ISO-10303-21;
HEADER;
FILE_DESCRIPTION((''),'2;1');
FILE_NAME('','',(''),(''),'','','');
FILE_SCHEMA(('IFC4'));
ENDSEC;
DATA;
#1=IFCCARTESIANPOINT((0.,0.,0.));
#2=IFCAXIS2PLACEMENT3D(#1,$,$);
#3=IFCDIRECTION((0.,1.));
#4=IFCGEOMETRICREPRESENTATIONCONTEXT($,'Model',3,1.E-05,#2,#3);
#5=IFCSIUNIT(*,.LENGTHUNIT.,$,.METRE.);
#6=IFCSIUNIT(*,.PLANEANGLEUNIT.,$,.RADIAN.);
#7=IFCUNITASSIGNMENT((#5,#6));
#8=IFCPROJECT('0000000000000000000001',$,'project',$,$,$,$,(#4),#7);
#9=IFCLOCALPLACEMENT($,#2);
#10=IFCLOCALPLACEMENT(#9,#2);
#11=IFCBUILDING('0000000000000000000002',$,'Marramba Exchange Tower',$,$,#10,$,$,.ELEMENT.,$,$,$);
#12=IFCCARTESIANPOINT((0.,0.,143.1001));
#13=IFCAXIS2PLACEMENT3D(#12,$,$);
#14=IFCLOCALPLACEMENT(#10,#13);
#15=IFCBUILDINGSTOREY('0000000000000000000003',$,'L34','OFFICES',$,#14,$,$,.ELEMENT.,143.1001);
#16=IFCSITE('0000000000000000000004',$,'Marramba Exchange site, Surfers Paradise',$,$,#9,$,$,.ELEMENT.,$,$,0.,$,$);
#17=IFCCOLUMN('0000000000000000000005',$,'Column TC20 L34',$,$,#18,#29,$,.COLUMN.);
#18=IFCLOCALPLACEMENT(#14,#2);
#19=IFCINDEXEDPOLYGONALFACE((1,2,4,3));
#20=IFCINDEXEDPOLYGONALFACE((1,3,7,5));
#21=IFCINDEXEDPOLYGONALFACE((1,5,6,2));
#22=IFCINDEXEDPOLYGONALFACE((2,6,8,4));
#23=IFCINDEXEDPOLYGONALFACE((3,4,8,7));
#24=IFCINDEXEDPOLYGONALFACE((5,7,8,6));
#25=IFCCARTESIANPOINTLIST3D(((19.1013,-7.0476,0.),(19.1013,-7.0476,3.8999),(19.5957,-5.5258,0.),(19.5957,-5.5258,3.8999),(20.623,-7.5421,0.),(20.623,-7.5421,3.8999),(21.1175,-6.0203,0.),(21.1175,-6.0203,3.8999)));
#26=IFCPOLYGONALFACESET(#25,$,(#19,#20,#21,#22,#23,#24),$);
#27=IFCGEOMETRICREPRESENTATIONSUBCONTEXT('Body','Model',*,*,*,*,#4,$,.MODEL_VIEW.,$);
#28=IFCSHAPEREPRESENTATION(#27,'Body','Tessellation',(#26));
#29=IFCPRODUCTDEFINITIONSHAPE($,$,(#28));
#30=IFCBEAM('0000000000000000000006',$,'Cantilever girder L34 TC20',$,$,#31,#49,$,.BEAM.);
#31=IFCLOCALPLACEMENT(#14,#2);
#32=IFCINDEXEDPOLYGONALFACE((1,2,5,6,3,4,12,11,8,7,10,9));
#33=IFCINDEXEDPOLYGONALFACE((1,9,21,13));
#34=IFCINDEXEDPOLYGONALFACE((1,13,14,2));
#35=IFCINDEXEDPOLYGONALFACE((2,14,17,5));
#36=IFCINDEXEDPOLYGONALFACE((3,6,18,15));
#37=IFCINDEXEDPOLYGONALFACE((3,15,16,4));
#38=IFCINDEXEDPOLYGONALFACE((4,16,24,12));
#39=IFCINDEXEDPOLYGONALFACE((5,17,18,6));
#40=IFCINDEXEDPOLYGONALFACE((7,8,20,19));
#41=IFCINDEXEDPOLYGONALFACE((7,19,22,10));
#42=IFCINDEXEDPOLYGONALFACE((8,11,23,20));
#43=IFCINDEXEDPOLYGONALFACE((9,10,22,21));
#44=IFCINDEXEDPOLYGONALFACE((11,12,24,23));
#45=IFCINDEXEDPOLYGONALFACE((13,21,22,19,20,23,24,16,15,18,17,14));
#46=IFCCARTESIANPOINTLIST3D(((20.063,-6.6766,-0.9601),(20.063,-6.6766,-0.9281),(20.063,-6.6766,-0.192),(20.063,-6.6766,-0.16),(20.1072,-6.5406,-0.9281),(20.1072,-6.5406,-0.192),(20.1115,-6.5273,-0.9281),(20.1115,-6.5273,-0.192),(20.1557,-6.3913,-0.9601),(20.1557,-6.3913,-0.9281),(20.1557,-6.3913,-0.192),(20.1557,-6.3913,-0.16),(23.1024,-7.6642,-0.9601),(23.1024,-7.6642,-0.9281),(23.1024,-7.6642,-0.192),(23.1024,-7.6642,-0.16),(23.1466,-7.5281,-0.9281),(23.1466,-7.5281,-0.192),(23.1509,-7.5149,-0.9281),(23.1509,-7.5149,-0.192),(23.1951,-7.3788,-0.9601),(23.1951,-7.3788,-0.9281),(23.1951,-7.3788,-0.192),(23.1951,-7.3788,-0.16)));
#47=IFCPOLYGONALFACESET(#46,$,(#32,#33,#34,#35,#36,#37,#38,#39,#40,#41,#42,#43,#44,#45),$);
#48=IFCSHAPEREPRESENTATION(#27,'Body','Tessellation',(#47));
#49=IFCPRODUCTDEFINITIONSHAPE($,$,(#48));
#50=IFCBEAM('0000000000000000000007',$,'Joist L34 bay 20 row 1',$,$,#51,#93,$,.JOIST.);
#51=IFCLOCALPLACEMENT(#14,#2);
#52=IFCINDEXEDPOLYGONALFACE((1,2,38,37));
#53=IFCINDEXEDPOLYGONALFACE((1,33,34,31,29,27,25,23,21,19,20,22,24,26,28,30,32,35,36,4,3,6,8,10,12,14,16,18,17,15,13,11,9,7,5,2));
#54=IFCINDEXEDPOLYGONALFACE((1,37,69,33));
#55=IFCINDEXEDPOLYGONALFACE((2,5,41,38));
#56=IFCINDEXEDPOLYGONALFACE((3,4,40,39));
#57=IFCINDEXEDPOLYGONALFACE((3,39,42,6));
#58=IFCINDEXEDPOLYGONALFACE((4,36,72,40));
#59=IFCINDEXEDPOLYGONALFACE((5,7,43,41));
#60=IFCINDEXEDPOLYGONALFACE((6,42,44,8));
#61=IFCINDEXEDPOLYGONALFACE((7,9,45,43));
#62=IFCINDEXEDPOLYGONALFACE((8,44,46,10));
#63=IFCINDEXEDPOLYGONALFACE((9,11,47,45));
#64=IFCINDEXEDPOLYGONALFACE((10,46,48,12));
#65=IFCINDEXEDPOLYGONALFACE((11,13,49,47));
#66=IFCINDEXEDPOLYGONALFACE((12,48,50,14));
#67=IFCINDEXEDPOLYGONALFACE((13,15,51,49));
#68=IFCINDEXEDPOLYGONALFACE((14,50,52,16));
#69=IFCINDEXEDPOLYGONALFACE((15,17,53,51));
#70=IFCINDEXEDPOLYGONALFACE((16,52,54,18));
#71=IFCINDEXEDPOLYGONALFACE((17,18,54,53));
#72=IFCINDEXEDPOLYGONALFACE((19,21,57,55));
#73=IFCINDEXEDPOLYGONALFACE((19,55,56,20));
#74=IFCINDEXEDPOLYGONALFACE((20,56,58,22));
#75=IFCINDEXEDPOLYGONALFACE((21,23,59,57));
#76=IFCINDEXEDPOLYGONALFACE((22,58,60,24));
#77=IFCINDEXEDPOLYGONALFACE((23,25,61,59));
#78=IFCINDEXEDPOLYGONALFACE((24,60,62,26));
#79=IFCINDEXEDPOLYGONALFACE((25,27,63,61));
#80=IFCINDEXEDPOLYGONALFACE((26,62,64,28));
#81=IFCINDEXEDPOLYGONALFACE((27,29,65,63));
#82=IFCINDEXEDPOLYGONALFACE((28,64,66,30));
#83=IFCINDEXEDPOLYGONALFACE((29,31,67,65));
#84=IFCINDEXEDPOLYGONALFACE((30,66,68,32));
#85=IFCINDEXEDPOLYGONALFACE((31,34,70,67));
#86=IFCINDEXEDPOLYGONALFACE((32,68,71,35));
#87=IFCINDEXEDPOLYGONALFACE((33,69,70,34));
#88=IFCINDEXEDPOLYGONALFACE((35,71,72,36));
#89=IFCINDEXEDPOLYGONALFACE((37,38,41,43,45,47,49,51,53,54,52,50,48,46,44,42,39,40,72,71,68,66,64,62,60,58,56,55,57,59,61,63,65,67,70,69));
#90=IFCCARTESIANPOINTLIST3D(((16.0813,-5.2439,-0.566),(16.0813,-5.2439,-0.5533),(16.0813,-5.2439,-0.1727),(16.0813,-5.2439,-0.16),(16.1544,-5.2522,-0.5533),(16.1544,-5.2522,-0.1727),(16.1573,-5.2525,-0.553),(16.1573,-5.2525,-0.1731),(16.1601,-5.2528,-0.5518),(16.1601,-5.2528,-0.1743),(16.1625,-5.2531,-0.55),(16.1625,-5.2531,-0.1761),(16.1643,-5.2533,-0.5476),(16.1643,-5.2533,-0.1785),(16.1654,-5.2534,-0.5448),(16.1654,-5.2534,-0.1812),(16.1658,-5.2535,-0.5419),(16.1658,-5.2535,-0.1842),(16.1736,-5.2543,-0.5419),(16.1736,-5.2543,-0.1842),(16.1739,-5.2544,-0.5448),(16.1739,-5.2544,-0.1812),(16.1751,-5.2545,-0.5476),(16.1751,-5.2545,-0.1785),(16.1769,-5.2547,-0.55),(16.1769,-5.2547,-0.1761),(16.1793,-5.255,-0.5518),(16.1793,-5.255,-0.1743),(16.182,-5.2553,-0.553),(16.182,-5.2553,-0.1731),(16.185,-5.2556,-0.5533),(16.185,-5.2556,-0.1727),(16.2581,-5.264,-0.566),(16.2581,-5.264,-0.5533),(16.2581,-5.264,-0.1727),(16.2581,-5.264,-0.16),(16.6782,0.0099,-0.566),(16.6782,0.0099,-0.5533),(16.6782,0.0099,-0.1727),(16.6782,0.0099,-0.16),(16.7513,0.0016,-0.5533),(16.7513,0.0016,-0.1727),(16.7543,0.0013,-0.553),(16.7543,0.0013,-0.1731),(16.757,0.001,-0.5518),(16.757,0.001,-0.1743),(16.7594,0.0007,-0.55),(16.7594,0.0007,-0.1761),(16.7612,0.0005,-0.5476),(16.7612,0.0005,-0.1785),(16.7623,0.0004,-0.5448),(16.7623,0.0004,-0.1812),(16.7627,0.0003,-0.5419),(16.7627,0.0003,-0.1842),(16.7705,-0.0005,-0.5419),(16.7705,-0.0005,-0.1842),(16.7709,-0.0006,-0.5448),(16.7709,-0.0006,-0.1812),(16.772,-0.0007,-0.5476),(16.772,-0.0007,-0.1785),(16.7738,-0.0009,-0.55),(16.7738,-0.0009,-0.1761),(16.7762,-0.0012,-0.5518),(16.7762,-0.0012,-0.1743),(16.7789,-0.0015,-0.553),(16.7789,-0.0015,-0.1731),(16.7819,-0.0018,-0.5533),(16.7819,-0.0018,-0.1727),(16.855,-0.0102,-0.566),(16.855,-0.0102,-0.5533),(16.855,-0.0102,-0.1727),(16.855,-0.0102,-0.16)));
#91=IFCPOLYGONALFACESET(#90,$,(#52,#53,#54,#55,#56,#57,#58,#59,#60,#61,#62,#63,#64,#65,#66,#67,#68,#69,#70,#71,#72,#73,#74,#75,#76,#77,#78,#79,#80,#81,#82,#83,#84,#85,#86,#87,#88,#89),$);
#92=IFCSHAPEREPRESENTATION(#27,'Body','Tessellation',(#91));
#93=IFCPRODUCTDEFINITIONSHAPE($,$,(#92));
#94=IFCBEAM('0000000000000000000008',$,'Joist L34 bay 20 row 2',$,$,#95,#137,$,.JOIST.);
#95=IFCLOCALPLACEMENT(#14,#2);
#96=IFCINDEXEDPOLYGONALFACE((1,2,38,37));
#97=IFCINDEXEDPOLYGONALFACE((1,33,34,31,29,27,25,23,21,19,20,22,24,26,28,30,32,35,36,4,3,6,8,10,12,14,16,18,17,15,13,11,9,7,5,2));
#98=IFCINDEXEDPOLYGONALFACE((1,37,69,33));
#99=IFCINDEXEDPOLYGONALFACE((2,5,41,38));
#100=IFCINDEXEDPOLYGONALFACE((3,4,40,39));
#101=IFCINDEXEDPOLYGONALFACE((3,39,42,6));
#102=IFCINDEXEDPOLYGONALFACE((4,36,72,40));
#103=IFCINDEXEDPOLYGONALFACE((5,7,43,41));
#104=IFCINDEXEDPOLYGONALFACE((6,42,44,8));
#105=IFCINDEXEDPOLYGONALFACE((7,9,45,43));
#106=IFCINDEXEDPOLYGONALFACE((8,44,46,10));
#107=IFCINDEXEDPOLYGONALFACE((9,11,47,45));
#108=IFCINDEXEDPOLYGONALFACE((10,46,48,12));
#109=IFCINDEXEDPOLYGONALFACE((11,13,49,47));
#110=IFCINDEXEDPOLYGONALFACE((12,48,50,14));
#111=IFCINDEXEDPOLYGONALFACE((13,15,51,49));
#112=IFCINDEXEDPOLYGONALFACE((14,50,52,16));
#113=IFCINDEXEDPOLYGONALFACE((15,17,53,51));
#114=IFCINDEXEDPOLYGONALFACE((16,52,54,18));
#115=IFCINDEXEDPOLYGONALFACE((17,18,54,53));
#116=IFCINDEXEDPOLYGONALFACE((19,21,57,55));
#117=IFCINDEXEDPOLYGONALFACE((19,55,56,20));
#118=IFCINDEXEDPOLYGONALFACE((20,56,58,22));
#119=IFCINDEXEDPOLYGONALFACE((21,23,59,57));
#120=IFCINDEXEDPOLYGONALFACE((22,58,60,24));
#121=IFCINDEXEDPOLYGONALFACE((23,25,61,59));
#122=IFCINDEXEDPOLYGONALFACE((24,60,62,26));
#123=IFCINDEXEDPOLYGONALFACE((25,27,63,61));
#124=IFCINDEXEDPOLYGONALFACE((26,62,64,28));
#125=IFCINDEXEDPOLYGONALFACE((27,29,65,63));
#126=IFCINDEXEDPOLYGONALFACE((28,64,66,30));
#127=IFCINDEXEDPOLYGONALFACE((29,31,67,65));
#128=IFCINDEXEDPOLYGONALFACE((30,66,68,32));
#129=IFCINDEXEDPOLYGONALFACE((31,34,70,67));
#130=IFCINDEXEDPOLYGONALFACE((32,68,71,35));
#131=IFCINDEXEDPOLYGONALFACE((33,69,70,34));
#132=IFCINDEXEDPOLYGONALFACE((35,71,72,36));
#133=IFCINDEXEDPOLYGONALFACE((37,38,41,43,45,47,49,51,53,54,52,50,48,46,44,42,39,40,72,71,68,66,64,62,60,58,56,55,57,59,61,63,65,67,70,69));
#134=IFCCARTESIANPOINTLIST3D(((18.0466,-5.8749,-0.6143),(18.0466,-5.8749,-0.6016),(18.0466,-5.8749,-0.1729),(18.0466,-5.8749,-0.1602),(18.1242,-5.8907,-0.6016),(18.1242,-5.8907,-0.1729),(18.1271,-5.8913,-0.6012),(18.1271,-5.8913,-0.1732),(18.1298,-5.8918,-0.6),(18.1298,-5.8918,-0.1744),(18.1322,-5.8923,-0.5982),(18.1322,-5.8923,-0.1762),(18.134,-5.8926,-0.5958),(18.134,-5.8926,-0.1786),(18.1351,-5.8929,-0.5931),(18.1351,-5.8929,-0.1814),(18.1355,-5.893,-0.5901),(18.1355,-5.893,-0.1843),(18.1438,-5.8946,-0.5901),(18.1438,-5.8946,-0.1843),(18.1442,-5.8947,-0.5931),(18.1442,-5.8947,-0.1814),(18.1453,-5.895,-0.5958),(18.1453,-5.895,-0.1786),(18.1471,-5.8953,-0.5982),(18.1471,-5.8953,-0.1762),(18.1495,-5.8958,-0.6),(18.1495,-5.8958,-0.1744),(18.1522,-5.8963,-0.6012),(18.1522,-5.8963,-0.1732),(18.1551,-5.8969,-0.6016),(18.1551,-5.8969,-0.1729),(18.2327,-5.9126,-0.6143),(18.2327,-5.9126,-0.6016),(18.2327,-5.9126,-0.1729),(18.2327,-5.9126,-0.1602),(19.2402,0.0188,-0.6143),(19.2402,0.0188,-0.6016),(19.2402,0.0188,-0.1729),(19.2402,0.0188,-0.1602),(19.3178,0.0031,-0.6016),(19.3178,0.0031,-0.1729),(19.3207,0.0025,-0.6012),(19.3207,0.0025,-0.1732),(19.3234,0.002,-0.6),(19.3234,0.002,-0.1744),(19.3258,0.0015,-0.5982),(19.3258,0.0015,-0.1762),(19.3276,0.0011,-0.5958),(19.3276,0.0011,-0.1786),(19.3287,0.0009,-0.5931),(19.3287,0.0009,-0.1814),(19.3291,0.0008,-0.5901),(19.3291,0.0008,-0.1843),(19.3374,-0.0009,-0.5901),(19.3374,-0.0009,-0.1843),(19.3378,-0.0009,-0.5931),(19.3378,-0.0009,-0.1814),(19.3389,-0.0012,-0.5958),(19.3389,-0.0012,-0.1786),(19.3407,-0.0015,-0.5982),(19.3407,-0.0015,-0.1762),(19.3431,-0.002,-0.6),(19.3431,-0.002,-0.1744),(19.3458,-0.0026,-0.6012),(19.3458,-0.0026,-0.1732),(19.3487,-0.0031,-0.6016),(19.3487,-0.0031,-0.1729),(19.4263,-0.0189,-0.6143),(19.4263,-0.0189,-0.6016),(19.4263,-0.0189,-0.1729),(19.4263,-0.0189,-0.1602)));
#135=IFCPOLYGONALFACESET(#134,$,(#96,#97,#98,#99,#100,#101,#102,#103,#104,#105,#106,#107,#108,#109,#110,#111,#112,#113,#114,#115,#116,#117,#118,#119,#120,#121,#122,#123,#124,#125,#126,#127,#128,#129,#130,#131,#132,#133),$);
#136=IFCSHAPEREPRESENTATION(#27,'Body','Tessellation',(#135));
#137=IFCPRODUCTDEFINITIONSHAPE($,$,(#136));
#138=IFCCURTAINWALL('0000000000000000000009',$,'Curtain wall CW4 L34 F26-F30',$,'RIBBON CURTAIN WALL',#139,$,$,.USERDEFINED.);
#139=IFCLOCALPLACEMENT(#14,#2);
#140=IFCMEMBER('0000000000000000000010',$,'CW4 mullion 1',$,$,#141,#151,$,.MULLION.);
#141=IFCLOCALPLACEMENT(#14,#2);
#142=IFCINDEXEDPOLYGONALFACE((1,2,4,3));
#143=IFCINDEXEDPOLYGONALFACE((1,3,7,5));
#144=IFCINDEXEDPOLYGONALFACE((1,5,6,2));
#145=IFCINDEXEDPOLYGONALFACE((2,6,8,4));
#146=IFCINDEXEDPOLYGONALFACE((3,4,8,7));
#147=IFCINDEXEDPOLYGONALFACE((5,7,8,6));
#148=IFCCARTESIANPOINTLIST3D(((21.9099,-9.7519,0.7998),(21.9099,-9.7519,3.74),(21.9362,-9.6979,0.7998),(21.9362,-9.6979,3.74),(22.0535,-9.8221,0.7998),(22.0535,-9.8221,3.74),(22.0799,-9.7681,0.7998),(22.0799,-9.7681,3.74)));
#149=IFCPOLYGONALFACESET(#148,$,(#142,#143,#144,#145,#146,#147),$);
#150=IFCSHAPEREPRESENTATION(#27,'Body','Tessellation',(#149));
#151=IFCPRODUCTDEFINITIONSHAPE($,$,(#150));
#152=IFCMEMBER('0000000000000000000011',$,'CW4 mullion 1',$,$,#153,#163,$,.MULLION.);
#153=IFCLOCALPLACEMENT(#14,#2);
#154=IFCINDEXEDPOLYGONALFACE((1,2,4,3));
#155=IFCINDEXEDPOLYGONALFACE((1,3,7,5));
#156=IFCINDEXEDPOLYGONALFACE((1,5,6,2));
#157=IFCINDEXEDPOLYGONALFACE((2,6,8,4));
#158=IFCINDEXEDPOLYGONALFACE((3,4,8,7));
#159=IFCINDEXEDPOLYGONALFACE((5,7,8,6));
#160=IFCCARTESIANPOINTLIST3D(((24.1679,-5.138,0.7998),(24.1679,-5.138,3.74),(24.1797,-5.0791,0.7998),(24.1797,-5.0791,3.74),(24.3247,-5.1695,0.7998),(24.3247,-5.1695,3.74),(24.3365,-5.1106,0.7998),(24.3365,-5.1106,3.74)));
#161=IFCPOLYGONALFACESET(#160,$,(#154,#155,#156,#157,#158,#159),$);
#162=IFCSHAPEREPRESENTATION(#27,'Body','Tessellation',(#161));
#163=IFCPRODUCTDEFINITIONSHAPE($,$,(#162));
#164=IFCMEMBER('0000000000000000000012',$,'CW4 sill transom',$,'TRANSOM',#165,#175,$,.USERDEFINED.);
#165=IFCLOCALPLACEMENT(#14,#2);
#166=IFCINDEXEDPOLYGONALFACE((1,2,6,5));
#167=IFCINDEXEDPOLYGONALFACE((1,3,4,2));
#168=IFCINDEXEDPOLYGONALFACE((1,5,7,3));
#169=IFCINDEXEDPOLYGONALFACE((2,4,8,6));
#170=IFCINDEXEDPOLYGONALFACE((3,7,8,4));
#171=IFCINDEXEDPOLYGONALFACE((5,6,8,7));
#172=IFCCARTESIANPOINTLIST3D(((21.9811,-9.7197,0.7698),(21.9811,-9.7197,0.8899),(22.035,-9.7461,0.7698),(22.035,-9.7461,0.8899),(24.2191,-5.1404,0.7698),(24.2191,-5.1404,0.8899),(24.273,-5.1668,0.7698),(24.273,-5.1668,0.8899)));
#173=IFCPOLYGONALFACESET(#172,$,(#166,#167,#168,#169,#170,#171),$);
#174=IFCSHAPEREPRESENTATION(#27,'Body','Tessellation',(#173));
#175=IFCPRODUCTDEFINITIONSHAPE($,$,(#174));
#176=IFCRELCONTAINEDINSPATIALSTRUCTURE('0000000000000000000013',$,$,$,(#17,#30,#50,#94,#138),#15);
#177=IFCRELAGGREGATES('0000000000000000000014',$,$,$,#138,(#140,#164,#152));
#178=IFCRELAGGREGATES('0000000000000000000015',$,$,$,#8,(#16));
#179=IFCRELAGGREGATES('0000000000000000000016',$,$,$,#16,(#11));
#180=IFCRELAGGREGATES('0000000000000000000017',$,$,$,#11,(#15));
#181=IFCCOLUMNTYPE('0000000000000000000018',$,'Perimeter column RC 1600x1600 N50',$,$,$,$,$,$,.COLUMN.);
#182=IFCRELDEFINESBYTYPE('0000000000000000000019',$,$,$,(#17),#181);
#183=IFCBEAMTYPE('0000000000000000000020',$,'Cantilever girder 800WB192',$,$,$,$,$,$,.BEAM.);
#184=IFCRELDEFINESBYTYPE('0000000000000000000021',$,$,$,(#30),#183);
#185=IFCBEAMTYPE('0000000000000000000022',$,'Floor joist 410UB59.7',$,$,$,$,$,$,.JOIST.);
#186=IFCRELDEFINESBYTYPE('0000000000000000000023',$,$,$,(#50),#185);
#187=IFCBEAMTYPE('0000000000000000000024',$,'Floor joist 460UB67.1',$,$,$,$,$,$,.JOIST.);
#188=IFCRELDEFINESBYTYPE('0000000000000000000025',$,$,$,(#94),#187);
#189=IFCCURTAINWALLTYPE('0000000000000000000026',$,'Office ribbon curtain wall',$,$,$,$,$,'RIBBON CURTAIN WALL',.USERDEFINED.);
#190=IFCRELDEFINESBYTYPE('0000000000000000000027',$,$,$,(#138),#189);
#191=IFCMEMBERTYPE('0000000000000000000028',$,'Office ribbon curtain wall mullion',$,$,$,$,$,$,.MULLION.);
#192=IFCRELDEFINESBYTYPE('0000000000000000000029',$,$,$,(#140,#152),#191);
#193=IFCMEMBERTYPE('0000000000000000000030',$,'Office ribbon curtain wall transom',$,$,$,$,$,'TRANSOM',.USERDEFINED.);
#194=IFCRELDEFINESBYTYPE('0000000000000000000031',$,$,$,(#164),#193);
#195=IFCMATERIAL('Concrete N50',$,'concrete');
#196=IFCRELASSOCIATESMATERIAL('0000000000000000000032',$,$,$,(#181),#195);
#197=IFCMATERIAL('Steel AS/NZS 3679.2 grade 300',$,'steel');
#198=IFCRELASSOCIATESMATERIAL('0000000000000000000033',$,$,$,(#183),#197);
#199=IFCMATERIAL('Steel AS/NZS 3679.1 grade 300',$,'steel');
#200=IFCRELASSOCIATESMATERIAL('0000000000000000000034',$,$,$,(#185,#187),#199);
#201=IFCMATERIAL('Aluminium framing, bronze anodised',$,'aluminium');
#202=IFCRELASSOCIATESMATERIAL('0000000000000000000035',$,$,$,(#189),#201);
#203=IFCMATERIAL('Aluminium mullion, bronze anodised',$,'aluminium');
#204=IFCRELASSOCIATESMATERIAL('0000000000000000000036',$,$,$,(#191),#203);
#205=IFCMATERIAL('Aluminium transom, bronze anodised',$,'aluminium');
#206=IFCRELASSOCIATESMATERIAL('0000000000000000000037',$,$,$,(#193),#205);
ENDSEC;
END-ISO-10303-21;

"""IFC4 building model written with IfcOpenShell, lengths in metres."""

from ifc_helpers import new_model, si_unit, direction, frame, origin, origin_2d, place, context, subcontext, project, spatial, rectangle, i_section, extrude, material, material_profile, profile_set, type_object, element, aggregate, save


model = new_model("IFC4")

# Units and contexts
model_context = context("Model", 3, precision=1e-05, world=origin(), true_north=direction((0.0, 1.0)))
body_context = subcontext(model_context, "Body", "Model", "MODEL_VIEW")
ifc_project = project(units=[si_unit("LENGTHUNIT", "METRE"), si_unit("PLANEANGLEUNIT", "RADIAN")], contexts=[model_context])

# Site, building, storey
site_placement = place(None, origin())
site = spatial("IfcSite", under=ifc_project, at=site_placement, Name="Marramba Exchange site, Surfers Paradise", CompositionType="ELEMENT", RefElevation=0.0)
building_placement = place(site_placement, origin())
building = spatial("IfcBuilding", under=site, at=building_placement, Name="Marramba Exchange Tower", CompositionType="ELEMENT")
storey_placement = place(building_placement, frame((0.0, 0.0, 143.1001)))
storey = spatial("IfcBuildingStorey", under=building, at=storey_placement, Name="L34", Description="OFFICES", CompositionType="ELEMENT", Elevation=143.1001)

# Column
ifc_material_1 = material(Name="Concrete N50", Category="concrete")
ifc_material_profile_1 = material_profile(ifc_material_1, rectangle(XDim=1.6001, YDim=1.6001, at=origin_2d()), Name="RC 1600x1600")
ifc_profile_set_1 = profile_set([ifc_material_profile_1], Name="Concrete N50")
column_type = type_object("IfcColumnType", Name="Perimeter column RC 1600x1600 N50", PredefinedType="COLUMN", material=ifc_profile_set_1)
column_placement = place(storey_placement, frame((20.1094, -6.5339, 0.0), z_axis=(0.0, 0.0, 1.0), x_axis=(0.951057, -0.309017, 0.0)))
element("IfcColumn", 1, at=column_placement, inside=storey, type_object=column_type, Name="Column TC20 L34", PredefinedType="COLUMN", context=body_context, shape_type="SweptSolid", body=[
    extrude(rectangle(XDim=1.6001, YDim=1.6001, at=origin_2d()), origin(), (0.0, 0.0, 1.0), 3.8999),
])

# Beams
ifc_material_2 = material(Name="Steel AS/NZS 3679.2 grade 300", Category="steel")
ifc_material_profile_2 = material_profile(ifc_material_2, i_section(OverallWidth=0.3, OverallDepth=0.8, WebThickness=0.0139, FlangeThickness=0.032, at=origin_2d()), Name="800WB192")
ifc_profile_set_2 = profile_set([ifc_material_profile_2], Name="Steel AS/NZS 3679.2 grade 300")
beam_type_1 = type_object("IfcBeamType", Name="Cantilever girder 800WB192", PredefinedType="BEAM", material=ifc_profile_set_2)
beam_1_placement = place(storey_placement, frame((20.1094, -6.5339, -0.5601), z_axis=(0.951055, -0.309022, 0.0), x_axis=(0.309022, 0.951055, 0.0)))
element("IfcBeam", 2, at=beam_1_placement, inside=storey, type_object=beam_type_1, Name="Cantilever girder L34 TC20", PredefinedType="BEAM", context=body_context, shape_type="SweptSolid", body=[
    extrude(i_section(OverallWidth=0.3, OverallDepth=0.8, WebThickness=0.0139, FlangeThickness=0.032, at=origin_2d()), origin(), (0.0, 0.0, 1.0), 3.1958),
])
ifc_material_3 = material(Name="Steel AS/NZS 3679.1 grade 300", Category="steel")
ifc_material_profile_3 = material_profile(ifc_material_3, i_section(OverallWidth=0.178, OverallDepth=0.406, WebThickness=0.0078, FlangeThickness=0.0127, FilletRadius=0.0115, at=origin_2d()), Name="410UB59.7")
ifc_profile_set_3 = profile_set([ifc_material_profile_3], Name="Steel AS/NZS 3679.1 grade 300")
beam_type_2 = type_object("IfcBeamType", Name="Floor joist 410UB59.7", PredefinedType="JOIST", material=ifc_profile_set_3)
beam_2_placement = place(storey_placement, frame((16.1697, -5.2539, -0.363), z_axis=(0.112889, 0.993608, 0.0), x_axis=(-0.993608, 0.112889, 0.0)))
element("IfcBeam", 3, at=beam_2_placement, inside=storey, type_object=beam_type_2, Name="Joist L34 bay 20 row 1", PredefinedType="JOIST", context=body_context, shape_type="SweptSolid", body=[
    extrude(i_section(OverallWidth=0.178, OverallDepth=0.406, WebThickness=0.0078, FlangeThickness=0.0127, FilletRadius=0.0115, at=origin_2d()), origin(), (0.0, 0.0, 1.0), 5.2876),
])
ifc_material_profile_4 = material_profile(ifc_material_3, i_section(OverallWidth=0.1899, OverallDepth=0.4541, WebThickness=0.0085, FlangeThickness=0.0127, FilletRadius=0.0115, at=origin_2d()), Name="460UB67.1")
ifc_profile_set_4 = profile_set([ifc_material_profile_4], Name="Steel AS/NZS 3679.1 grade 300")
beam_type_3 = type_object("IfcBeamType", Name="Floor joist 460UB67.1", PredefinedType="JOIST", material=ifc_profile_set_4)
beam_3_placement = place(storey_placement, frame((18.1396, -5.8938, -0.3872), z_axis=(0.198489, 0.980103, 0.0), x_axis=(-0.980103, 0.198489, 0.0)))
element("IfcBeam", 4, at=beam_3_placement, inside=storey, type_object=beam_type_3, Name="Joist L34 bay 20 row 2", PredefinedType="JOIST", context=body_context, shape_type="SweptSolid", body=[
    extrude(i_section(OverallWidth=0.1899, OverallDepth=0.4541, WebThickness=0.0085, FlangeThickness=0.0127, FilletRadius=0.0115, at=origin_2d()), origin(), (0.0, 0.0, 1.0), 6.0134),
])

# Curtain wall, members
ifc_material_4 = material(Name="Aluminium framing, bronze anodised", Category="aluminium")
curtain_wall_type = type_object("IfcCurtainWallType", Name="Office ribbon curtain wall", ElementType="RIBBON CURTAIN WALL", PredefinedType="USERDEFINED", material=ifc_material_4)
curtain_wall_placement = place(storey_placement, origin())
curtain_wall = element("IfcCurtainWall", 5, at=curtain_wall_placement, inside=storey, type_object=curtain_wall_type, Name="Curtain wall CW4 L34 F26-F30", ObjectType="RIBBON CURTAIN WALL", PredefinedType="USERDEFINED")
ifc_material_5 = material(Name="Aluminium mullion, bronze anodised", Category="aluminium")
ifc_material_profile_5 = material_profile(ifc_material_5, rectangle(XDim=0.1599, YDim=0.0601, at=origin_2d()), Name="CW4 mullion 60x160")
ifc_profile_set_5 = profile_set([ifc_material_profile_5], Name="Aluminium mullion, bronze anodised")
member_type_1 = type_object("IfcMemberType", Name="Office ribbon curtain wall mullion", PredefinedType="MULLION", material=ifc_profile_set_5)
member_1_placement = place(storey_placement, frame((21.9949, -9.76, 0.7998), z_axis=(0.0, 0.0, 1.0), x_axis=(-0.898445, 0.439086, 0.0)))
member_1 = element("IfcMember", 6, at=member_1_placement, type_object=member_type_1, Name="CW4 mullion 1", PredefinedType="MULLION", context=body_context, shape_type="SweptSolid", body=[
    extrude(rectangle(XDim=0.1599, YDim=0.0601, at=origin_2d()), origin(), (0.0, 0.0, 1.0), 2.9402),
])
member_2_placement = place(storey_placement, frame((24.2522, -5.1243, 0.7998), z_axis=(0.0, 0.0, 1.0), x_axis=(-0.980394, 0.197049, 0.0)))
member_2 = element("IfcMember", 7, at=member_2_placement, type_object=member_type_1, Name="CW4 mullion 1", PredefinedType="MULLION", context=body_context, shape_type="SweptSolid", body=[
    extrude(rectangle(XDim=0.1599, YDim=0.0601, at=origin_2d()), origin(), (0.0, 0.0, 1.0), 2.9402),
])
ifc_material_6 = material(Name="Aluminium transom, bronze anodised", Category="aluminium")
ifc_material_profile_6 = material_profile(ifc_material_6, rectangle(XDim=0.0601, YDim=0.1201, at=origin_2d()), Name="CW4 transom 60x120")
ifc_profile_set_6 = profile_set([ifc_material_profile_6], Name="Aluminium transom, bronze anodised")
member_type_2 = type_object("IfcMemberType", Name="Office ribbon curtain wall transom", ElementType="TRANSOM", PredefinedType="USERDEFINED", material=ifc_profile_set_6)
member_3_placement = place(storey_placement, frame((22.0081, -9.7329, 0.8298), z_axis=(0.439091, 0.898443, 0.0), x_axis=(-0.898443, 0.439091, 0.0)))
member_3 = element("IfcMember", 8, at=member_3_placement, type_object=member_type_2, Name="CW4 sill transom", ObjectType="TRANSOM", PredefinedType="USERDEFINED", context=body_context, shape_type="SweptSolid", body=[
    extrude(rectangle(XDim=0.0601, YDim=0.1201, at=origin_2d()), origin(), (0.0, 0.0, 1.0), 5.0969),
])

aggregate(curtain_wall, [member_1, member_3, member_2])

save(model, "model.ifc")
